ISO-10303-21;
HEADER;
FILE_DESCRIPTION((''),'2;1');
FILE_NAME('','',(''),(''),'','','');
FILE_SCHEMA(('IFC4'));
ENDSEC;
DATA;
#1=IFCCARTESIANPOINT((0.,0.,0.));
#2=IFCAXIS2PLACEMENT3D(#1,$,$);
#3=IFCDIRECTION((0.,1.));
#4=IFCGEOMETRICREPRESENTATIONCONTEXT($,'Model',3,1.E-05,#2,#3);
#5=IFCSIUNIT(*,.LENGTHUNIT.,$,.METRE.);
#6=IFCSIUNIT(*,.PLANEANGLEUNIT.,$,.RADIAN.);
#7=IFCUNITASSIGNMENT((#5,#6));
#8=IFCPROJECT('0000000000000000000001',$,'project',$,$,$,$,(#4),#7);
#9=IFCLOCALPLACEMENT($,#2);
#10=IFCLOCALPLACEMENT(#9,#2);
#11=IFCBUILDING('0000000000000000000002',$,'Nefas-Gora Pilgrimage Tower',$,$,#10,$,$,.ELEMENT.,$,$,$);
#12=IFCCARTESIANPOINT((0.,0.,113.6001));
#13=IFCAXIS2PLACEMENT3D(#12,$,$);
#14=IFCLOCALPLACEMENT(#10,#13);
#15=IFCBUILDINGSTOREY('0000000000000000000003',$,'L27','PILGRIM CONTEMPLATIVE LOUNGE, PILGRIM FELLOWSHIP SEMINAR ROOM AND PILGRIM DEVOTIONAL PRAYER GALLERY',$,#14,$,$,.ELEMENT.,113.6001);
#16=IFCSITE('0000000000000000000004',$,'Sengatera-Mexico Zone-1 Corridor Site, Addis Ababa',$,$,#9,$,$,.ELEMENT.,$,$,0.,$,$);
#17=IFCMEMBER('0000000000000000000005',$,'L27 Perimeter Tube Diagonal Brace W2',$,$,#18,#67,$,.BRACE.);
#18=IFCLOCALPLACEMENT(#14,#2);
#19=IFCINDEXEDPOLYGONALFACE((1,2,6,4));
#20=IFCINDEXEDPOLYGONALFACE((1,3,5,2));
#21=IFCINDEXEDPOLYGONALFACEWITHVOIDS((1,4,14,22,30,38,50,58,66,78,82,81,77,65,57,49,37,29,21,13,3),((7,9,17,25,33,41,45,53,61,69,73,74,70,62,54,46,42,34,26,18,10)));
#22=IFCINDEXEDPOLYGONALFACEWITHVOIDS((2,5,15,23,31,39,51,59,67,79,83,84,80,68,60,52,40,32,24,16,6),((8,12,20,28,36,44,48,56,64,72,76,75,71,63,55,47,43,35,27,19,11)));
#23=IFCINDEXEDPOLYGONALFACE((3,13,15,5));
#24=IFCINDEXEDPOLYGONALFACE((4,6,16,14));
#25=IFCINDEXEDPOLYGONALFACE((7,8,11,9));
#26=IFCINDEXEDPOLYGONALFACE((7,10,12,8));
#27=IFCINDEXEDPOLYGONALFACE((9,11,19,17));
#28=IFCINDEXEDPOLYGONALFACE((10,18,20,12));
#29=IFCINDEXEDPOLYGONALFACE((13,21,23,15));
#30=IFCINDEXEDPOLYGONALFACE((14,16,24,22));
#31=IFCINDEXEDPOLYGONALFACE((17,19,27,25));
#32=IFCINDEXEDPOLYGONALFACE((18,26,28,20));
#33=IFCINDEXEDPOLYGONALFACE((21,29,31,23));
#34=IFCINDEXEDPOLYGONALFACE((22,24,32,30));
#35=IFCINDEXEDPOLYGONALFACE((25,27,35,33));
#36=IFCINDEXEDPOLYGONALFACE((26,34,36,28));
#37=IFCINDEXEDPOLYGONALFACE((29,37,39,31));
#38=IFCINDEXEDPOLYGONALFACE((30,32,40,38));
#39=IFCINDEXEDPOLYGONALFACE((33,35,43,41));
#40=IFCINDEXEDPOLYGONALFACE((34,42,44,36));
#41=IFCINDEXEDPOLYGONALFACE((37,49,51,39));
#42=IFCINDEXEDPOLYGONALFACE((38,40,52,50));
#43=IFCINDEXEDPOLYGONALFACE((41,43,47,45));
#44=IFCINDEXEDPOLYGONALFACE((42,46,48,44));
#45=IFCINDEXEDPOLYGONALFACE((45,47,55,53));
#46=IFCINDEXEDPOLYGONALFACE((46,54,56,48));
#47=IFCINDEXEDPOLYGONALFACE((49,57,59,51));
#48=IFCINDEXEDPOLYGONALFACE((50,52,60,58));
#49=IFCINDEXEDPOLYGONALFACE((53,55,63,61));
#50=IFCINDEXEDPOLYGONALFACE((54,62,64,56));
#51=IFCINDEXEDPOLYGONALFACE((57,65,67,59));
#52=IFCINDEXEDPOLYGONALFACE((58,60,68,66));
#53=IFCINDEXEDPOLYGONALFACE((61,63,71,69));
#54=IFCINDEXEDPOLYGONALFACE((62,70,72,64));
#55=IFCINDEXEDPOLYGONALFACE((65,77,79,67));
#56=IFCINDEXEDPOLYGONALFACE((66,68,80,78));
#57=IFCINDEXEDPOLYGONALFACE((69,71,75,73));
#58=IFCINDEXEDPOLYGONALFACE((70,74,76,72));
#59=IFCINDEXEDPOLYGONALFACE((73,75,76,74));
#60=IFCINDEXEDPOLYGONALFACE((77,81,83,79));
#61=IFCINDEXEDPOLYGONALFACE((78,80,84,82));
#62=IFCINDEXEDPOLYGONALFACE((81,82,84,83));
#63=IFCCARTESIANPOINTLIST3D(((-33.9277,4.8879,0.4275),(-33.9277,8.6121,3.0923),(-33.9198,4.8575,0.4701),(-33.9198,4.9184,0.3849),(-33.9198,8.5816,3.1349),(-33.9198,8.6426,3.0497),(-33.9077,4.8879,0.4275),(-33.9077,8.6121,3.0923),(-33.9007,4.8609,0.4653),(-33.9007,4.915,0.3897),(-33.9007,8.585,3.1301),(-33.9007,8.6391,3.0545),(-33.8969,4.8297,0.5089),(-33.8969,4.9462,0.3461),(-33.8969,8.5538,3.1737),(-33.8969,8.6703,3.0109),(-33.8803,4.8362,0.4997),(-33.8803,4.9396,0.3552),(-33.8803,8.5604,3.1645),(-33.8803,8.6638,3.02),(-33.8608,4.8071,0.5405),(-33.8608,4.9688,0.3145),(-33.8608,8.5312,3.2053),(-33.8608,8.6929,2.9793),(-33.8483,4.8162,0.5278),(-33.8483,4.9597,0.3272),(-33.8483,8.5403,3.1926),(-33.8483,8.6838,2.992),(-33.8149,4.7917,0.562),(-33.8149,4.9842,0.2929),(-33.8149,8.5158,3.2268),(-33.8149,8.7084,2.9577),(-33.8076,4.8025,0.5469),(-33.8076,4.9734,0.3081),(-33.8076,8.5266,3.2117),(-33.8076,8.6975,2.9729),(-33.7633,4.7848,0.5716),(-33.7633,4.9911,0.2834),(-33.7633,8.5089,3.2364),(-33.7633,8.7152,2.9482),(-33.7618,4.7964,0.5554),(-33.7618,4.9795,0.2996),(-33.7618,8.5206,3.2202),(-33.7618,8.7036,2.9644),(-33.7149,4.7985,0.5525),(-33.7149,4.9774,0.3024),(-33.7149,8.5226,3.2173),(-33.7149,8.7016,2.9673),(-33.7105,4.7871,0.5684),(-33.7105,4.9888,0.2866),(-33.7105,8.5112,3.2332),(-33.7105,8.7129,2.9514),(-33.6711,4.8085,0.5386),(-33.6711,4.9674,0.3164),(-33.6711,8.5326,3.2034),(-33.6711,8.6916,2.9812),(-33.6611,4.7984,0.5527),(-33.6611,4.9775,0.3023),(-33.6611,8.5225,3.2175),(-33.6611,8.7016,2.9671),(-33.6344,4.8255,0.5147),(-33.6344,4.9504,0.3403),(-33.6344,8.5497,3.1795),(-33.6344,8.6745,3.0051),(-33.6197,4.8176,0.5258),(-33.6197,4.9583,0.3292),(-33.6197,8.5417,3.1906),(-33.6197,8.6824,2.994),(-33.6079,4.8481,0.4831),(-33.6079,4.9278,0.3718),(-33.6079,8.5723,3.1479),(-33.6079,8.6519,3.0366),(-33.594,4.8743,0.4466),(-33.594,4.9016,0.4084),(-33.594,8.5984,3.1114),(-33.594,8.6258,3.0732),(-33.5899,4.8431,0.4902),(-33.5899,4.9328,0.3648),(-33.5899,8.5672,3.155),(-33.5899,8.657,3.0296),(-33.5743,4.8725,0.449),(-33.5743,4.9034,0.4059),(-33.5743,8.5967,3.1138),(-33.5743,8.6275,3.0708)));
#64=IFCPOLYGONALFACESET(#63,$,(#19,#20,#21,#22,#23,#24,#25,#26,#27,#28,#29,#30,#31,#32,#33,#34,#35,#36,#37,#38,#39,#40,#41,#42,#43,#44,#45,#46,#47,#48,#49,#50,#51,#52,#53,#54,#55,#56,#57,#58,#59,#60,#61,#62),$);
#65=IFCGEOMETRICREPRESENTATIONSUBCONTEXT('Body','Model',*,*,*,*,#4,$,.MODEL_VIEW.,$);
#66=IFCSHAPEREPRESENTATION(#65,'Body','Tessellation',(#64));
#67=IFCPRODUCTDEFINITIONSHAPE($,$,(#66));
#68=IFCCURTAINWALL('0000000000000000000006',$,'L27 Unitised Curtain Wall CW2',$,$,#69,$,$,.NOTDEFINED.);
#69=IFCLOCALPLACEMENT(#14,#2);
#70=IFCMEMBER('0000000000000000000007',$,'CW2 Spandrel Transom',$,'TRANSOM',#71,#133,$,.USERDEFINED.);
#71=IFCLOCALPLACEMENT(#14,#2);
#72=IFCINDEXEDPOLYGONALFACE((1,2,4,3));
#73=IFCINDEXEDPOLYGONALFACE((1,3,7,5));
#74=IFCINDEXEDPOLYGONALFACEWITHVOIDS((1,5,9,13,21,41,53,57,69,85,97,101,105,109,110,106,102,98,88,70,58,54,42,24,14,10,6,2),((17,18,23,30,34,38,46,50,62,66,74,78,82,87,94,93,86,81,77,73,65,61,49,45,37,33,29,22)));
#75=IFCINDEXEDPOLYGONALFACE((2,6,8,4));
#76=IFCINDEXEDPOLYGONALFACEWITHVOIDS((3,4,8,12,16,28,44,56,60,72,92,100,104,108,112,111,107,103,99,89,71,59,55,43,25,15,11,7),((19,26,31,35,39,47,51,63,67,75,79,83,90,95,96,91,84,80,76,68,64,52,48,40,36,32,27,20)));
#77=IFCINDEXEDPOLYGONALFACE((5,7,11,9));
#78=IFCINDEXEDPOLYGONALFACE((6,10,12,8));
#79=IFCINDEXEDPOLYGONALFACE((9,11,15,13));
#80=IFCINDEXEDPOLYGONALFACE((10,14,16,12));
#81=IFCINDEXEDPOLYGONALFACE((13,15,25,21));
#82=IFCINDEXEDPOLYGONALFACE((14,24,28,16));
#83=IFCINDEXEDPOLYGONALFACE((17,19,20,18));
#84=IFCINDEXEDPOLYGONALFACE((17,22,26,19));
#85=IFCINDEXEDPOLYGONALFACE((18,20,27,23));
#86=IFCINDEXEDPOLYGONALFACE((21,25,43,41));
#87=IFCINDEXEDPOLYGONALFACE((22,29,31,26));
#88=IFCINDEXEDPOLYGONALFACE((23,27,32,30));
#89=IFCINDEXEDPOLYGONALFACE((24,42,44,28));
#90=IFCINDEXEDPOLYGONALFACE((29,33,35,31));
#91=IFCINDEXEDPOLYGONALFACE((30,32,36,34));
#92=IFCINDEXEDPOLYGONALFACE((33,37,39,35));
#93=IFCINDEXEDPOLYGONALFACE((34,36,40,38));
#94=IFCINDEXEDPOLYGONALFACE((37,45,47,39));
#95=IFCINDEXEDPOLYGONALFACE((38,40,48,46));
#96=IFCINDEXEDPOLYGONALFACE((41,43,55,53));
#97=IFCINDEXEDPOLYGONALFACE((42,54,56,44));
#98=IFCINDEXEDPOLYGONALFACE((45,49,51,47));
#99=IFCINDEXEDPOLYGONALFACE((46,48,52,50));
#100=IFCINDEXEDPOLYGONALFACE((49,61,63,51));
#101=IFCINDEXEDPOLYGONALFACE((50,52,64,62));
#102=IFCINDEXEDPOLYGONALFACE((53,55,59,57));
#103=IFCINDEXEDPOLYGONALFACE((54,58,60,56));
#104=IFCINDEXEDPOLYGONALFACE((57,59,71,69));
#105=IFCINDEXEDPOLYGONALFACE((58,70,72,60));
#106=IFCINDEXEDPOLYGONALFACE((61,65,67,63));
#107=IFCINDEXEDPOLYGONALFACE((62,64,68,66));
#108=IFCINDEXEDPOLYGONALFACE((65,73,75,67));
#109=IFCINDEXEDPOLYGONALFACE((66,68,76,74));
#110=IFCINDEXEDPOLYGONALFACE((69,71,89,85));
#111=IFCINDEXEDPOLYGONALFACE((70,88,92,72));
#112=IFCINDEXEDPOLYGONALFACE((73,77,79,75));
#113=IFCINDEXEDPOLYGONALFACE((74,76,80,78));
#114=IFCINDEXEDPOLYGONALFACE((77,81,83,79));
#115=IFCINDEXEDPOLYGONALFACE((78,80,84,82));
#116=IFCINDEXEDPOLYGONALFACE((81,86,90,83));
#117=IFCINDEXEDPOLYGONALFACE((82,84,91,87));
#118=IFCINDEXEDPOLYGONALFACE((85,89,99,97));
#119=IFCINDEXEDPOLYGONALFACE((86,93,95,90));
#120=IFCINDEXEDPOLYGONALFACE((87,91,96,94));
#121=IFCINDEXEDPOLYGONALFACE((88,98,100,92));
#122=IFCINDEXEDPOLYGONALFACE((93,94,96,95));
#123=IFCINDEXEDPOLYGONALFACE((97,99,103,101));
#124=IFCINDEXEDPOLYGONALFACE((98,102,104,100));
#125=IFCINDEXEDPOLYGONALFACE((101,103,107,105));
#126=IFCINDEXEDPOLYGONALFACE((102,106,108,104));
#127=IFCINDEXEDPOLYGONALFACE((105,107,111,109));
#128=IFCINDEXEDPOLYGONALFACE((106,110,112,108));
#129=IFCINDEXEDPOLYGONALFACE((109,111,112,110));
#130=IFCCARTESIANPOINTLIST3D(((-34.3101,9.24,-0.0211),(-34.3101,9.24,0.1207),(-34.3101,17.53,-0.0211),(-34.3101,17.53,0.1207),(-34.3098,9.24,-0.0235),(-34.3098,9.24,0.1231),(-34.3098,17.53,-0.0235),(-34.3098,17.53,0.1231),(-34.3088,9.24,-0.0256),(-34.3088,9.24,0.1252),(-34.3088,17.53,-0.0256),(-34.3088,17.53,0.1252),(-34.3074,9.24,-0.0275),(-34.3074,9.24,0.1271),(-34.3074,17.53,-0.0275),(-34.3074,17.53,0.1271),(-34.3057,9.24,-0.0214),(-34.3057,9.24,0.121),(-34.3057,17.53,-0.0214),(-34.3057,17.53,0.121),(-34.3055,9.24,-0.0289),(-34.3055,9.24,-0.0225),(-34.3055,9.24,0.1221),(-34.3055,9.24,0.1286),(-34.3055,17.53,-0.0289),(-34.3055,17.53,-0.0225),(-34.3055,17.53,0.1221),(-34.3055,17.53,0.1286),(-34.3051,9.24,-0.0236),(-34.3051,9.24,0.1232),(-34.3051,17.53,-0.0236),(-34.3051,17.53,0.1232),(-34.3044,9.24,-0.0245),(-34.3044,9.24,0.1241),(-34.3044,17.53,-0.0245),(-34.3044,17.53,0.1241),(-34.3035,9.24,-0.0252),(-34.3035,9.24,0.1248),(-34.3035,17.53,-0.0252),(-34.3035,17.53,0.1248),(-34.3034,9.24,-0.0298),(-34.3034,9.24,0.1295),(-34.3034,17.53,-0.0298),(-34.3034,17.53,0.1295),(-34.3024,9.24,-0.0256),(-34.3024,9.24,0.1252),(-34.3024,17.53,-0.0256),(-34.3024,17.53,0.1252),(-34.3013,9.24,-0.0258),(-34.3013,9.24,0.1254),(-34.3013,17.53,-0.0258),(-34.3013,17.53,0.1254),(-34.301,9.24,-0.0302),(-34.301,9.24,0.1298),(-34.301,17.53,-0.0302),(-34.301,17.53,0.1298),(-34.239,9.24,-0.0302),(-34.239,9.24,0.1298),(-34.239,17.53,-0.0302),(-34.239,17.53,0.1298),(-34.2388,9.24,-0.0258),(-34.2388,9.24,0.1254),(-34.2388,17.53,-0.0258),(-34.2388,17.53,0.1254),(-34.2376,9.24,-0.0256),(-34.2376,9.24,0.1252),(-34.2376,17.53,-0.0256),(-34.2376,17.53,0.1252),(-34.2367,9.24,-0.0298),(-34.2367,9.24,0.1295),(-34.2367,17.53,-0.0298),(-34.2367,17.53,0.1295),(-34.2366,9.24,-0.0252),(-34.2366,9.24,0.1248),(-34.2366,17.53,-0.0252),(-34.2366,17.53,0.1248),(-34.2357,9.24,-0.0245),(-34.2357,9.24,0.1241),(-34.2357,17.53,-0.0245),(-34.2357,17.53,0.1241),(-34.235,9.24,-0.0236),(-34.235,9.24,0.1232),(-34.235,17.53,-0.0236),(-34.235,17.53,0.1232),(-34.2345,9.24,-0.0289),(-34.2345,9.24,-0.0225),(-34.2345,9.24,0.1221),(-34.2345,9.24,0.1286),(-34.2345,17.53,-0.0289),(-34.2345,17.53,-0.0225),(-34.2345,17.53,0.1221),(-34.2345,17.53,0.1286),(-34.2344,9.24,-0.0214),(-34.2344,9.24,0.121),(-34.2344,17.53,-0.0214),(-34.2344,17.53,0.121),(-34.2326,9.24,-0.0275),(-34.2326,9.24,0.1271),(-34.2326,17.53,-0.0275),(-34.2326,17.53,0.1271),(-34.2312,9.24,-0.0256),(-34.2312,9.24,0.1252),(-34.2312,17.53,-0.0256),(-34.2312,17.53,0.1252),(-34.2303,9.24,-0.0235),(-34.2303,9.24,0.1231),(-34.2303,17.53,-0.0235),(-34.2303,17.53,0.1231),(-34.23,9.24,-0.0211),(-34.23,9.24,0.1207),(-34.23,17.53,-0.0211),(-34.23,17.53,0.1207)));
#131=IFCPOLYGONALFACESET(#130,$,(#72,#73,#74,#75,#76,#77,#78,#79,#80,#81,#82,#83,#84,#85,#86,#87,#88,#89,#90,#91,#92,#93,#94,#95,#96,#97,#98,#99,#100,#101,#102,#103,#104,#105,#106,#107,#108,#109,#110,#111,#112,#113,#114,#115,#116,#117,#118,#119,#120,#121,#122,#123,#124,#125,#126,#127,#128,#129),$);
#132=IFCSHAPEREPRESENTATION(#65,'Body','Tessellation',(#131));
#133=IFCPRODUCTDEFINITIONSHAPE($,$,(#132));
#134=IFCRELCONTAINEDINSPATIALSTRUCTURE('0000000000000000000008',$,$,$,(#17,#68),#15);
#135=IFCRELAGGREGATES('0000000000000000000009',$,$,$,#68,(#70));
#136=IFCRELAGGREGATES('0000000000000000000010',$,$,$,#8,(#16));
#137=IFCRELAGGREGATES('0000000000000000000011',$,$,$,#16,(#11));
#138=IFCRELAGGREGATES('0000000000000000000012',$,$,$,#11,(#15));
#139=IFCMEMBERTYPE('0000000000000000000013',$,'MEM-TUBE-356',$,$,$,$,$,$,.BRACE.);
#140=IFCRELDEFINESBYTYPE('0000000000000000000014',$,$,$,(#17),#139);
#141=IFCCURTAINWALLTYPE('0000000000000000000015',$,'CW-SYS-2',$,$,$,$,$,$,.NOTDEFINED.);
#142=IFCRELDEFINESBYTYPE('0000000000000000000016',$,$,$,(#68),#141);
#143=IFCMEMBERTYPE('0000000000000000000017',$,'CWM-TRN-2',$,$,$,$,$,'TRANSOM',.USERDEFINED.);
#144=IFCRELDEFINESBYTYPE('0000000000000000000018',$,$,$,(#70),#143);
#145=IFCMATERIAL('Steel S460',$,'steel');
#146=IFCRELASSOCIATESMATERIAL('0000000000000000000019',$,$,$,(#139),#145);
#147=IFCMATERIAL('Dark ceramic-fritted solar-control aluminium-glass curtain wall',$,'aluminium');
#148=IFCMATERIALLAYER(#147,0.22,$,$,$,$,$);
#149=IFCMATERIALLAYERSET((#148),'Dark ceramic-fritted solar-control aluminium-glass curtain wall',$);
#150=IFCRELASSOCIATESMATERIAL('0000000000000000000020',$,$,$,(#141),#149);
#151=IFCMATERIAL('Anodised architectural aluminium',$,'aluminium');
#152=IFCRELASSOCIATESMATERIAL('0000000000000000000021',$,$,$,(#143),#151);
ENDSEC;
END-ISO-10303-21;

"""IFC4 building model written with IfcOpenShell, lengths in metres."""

from ifc_helpers import new_model, si_unit, direction, frame, origin, origin_2d, place, context, subcontext, project, spatial, hollow_rectangle, hollow_circle, extrude, source, transform, mapped, material, layer, layer_set, material_profile, profile_set, type_object, element, aggregate, save


model = new_model("IFC4")

# Units and contexts
model_context = context("Model", 3, precision=1e-05, world=origin(), true_north=direction((0.0, 1.0)))
body_context = subcontext(model_context, "Body", "Model", "MODEL_VIEW")
ifc_project = project(units=[si_unit("LENGTHUNIT", "METRE"), si_unit("PLANEANGLEUNIT", "RADIAN")], contexts=[model_context])

# Site, building, storey
site_placement = place(None, origin())
site = spatial("IfcSite", under=ifc_project, at=site_placement, Name="Sengatera-Mexico Zone-1 Corridor Site, Addis Ababa", CompositionType="ELEMENT", RefElevation=0.0)
building_placement = place(site_placement, origin())
building = spatial("IfcBuilding", under=site, at=building_placement, Name="Nefas-Gora Pilgrimage Tower", CompositionType="ELEMENT")
storey_placement = place(building_placement, frame((0.0, 0.0, 113.6001)))
storey = spatial("IfcBuildingStorey", under=building, at=storey_placement, Name="L27", Description="PILGRIM CONTEMPLATIVE LOUNGE, PILGRIM FELLOWSHIP SEMINAR ROOM AND PILGRIM DEVOTIONAL PRAYER GALLERY", CompositionType="ELEMENT", Elevation=113.6001)

# Shared definitions
ifc_material_1 = material(Name="Steel S460", Category="steel")

# Member
ifc_material_profile_1 = material_profile(ifc_material_1, hollow_circle(Radius=0.1777, WallThickness=0.02, at=origin_2d()), Name="CHS 355.6x20")
ifc_profile_set_1 = profile_set([ifc_material_profile_1], Name="Steel S460")
member_type_1 = type_object("IfcMemberType", Name="MEM-TUBE-356", PredefinedType="BRACE", material=ifc_profile_set_1)
shared_shape_1 = source(origin(), body_context, "Body", "SweptSolid", [
    extrude(hollow_circle(Radius=0.1777, WallThickness=0.02, at=origin_2d()), origin(), (0.0, 0.0, 1.0), 4.5793),
])
member_1_placement = place(storey_placement, frame((-33.75, 4.8879, 0.4275), z_axis=(0.0, 0.813247, 0.581919), x_axis=(-1.0, 0.0, 0.0)))
element("IfcMember", 1, at=member_1_placement, inside=storey, type_object=member_type_1, Name="L27 Perimeter Tube Diagonal Brace W2", PredefinedType="BRACE", context=body_context, shape_type="MappedRepresentation", body=[
    mapped(shared_shape_1, transform((0.0, 0.0, 0.0), x_axis=(1.0, 0.0, 0.0), y_axis=(0.0, 1.0, 0.0), z_axis=(0.0, 0.0, 1.0), scale=1.0)),
])

# Curtain wall, member
ifc_material_2 = material(Name="Dark ceramic-fritted solar-control aluminium-glass curtain wall", Category="aluminium")
ifc_layer_1 = layer(ifc_material_2, 0.22)
ifc_layer_set_1 = layer_set([ifc_layer_1], Name="Dark ceramic-fritted solar-control aluminium-glass curtain wall")
curtain_wall_type = type_object("IfcCurtainWallType", Name="CW-SYS-2", PredefinedType="NOTDEFINED", material=ifc_layer_set_1)
curtain_wall_1_placement = place(storey_placement, origin())
curtain_wall_1 = element("IfcCurtainWall", 2, at=curtain_wall_1_placement, inside=storey, type_object=curtain_wall_type, Name="L27 Unitised Curtain Wall CW2", PredefinedType="NOTDEFINED")
ifc_material_3 = material(Name="Anodised architectural aluminium", Category="aluminium")
ifc_material_profile_2 = material_profile(ifc_material_3, hollow_rectangle(XDim=0.0801, YDim=0.1599, WallThickness=0.0044, InnerFilletRadius=0.0044, OuterFilletRadius=0.009, at=origin_2d()), Name="ALU TRANSOM 80x160")
ifc_profile_set_2 = profile_set([ifc_material_profile_2], Name="Anodised architectural aluminium")
member_type_2 = type_object("IfcMemberType", Name="CWM-TRN-2", ElementType="TRANSOM", PredefinedType="USERDEFINED", material=ifc_profile_set_2)
shared_shape_2 = source(origin(), body_context, "Body", "SweptSolid", [
    extrude(hollow_rectangle(XDim=0.0801, YDim=0.1599, WallThickness=0.0044, InnerFilletRadius=0.0044, OuterFilletRadius=0.009, at=origin_2d()), origin(), (0.0, 0.0, 1.0), 8.29),
])
member_2_placement = place(storey_placement, frame((-34.27, 17.53, 0.0498), z_axis=(0.0, -1.0, 0.0), x_axis=(1.0, 0.0, 0.0)))
member_2 = element("IfcMember", 3, at=member_2_placement, type_object=member_type_2, Name="CW2 Spandrel Transom", ObjectType="TRANSOM", PredefinedType="USERDEFINED", context=body_context, shape_type="MappedRepresentation", body=[
    mapped(shared_shape_2, transform((0.0, 0.0, 0.0), x_axis=(1.0, 0.0, 0.0), y_axis=(0.0, 1.0, 0.0), z_axis=(0.0, 0.0, 1.0), scale=1.0)),
])

aggregate(curtain_wall_1, [member_2])

save(model, "model.ifc")
